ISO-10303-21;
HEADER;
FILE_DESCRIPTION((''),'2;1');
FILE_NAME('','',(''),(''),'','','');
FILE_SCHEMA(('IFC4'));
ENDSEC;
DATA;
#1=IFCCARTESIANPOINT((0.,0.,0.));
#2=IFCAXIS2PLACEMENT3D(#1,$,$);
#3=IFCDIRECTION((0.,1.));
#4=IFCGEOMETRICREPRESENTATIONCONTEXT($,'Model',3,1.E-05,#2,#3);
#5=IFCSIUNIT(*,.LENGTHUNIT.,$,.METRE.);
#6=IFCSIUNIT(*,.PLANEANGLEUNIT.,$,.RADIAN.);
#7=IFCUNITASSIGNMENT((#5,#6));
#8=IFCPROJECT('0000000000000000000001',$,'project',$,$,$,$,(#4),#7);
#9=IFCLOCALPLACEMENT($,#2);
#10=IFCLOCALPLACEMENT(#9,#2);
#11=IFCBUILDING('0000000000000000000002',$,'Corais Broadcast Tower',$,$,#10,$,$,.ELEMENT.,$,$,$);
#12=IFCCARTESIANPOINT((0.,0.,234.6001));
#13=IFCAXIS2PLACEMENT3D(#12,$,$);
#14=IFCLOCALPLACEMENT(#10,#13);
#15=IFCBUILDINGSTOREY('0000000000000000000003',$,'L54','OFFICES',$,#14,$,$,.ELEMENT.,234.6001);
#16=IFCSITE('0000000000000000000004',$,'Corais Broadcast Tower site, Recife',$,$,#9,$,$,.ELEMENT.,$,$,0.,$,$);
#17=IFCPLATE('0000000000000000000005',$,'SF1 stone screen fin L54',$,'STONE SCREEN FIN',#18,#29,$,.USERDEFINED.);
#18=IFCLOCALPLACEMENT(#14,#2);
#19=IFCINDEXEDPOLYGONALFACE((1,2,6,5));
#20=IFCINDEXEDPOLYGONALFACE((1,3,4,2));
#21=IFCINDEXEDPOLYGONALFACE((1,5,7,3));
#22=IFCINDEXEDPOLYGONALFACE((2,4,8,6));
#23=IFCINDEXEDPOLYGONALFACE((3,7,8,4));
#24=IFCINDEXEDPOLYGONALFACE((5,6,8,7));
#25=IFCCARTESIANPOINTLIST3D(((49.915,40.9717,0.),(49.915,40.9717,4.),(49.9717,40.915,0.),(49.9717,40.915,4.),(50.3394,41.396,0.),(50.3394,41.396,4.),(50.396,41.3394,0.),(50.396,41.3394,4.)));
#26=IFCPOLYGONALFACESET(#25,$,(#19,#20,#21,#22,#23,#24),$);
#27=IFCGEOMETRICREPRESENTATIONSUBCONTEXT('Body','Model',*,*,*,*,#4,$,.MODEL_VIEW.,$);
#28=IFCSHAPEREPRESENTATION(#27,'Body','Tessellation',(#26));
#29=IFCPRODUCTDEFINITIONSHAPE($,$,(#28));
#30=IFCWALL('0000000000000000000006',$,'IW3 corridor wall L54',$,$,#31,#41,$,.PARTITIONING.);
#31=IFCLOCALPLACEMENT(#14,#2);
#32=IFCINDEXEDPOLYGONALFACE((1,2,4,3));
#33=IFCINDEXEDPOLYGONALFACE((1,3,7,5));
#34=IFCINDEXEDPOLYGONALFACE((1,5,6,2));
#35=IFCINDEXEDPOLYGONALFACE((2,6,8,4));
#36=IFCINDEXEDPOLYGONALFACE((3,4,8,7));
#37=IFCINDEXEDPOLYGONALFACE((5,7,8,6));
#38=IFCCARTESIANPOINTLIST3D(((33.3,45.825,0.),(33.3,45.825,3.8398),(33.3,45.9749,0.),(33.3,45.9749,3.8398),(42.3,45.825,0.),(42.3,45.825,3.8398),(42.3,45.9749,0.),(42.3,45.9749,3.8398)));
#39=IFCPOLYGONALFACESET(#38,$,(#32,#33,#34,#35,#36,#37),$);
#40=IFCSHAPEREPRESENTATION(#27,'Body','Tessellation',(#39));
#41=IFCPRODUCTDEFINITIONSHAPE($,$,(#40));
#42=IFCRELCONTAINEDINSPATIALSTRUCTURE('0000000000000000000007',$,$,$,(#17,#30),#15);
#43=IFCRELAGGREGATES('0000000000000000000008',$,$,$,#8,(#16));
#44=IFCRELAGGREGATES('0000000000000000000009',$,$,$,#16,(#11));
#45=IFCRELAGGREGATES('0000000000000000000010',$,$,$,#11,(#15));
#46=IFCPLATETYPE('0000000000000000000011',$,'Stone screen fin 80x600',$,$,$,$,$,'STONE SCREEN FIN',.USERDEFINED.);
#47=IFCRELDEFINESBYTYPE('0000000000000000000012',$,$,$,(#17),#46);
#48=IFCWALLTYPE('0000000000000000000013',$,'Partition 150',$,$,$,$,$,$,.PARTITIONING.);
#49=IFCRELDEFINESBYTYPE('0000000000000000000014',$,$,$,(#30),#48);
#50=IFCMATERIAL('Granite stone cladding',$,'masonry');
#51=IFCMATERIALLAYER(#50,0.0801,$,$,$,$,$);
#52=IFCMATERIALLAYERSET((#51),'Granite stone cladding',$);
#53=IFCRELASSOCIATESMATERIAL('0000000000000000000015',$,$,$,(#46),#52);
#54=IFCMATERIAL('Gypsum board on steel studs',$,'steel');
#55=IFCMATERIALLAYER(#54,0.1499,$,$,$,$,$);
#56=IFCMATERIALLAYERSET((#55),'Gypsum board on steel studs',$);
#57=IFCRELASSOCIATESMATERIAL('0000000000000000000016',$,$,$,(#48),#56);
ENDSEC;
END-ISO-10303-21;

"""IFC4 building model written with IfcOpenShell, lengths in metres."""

from ifc_helpers import new_model, si_unit, direction, frame, frame_2d, origin, origin_2d, place, context, subcontext, project, spatial, rectangle, extrude, material, layer, layer_set, type_object, element, save


model = new_model("IFC4")

# Units and contexts
model_context = context("Model", 3, precision=1e-05, world=origin(), true_north=direction((0.0, 1.0)))
body_context = subcontext(model_context, "Body", "Model", "MODEL_VIEW")
ifc_project = project(units=[si_unit("LENGTHUNIT", "METRE"), si_unit("PLANEANGLEUNIT", "RADIAN")], contexts=[model_context])

# Site, building, storey
site_placement = place(None, origin())
site = spatial("IfcSite", under=ifc_project, at=site_placement, Name="Corais Broadcast Tower site, Recife", CompositionType="ELEMENT", RefElevation=0.0)
building_placement = place(site_placement, origin())
building = spatial("IfcBuilding", under=site, at=building_placement, Name="Corais Broadcast Tower", CompositionType="ELEMENT")
storey_placement = place(building_placement, frame((0.0, 0.0, 234.6001)))
storey = spatial("IfcBuildingStorey", under=building, at=storey_placement, Name="L54", Description="OFFICES", CompositionType="ELEMENT", Elevation=234.6001)

# Plate
ifc_material_1 = material(Name="Granite stone cladding", Category="masonry")
ifc_layer_1 = layer(ifc_material_1, 0.0801)
ifc_layer_set_1 = layer_set([ifc_layer_1], Name="Granite stone cladding")
plate_type_1 = type_object("IfcPlateType", Name="Stone screen fin 80x600", ElementType="STONE SCREEN FIN", PredefinedType="USERDEFINED", material=ifc_layer_set_1)
for number, where, z_axis, x_axis, name in (
    (1, (50.1555, 41.1555, 0.0), (0.0, 0.0, 1.0), (0.707107, -0.707107, 0.0), "SF1 stone screen fin L54"),
):
    element("IfcPlate", number, at=place(storey_placement, frame(where, z_axis=z_axis, x_axis=x_axis)), inside=storey, type_object=plate_type_1, Name=name, ObjectType="STONE SCREEN FIN", PredefinedType="USERDEFINED", context=body_context, shape_type="SweptSolid", body=[
        extrude(rectangle(XDim=0.0801, YDim=0.6001, at=origin_2d()), origin(), (0.0, 0.0, 1.0), 4.0),
    ])

# Wall
ifc_material_2 = material(Name="Gypsum board on steel studs", Category="steel")
ifc_layer_2 = layer(ifc_material_2, 0.1499)
ifc_layer_set_2 = layer_set([ifc_layer_2], Name="Gypsum board on steel studs")
wall_type = type_object("IfcWallType", Name="Partition 150", PredefinedType="PARTITIONING", material=ifc_layer_set_2)
wall_placement = place(storey_placement, frame((42.3, 45.8999, 0.0), z_axis=(0.0, 0.0, 1.0), x_axis=(-1.0, 0.0, 0.0)))
element("IfcWall", 2, at=wall_placement, inside=storey, type_object=wall_type, Name="IW3 corridor wall L54", PredefinedType="PARTITIONING", context=body_context, shape_type="SweptSolid", body=[
    extrude(rectangle(XDim=9.0, YDim=0.1499, at=frame_2d((4.5, 0.0))), origin(), (0.0, 0.0, 1.0), 3.8398),
])

save(model, "model.ifc")
